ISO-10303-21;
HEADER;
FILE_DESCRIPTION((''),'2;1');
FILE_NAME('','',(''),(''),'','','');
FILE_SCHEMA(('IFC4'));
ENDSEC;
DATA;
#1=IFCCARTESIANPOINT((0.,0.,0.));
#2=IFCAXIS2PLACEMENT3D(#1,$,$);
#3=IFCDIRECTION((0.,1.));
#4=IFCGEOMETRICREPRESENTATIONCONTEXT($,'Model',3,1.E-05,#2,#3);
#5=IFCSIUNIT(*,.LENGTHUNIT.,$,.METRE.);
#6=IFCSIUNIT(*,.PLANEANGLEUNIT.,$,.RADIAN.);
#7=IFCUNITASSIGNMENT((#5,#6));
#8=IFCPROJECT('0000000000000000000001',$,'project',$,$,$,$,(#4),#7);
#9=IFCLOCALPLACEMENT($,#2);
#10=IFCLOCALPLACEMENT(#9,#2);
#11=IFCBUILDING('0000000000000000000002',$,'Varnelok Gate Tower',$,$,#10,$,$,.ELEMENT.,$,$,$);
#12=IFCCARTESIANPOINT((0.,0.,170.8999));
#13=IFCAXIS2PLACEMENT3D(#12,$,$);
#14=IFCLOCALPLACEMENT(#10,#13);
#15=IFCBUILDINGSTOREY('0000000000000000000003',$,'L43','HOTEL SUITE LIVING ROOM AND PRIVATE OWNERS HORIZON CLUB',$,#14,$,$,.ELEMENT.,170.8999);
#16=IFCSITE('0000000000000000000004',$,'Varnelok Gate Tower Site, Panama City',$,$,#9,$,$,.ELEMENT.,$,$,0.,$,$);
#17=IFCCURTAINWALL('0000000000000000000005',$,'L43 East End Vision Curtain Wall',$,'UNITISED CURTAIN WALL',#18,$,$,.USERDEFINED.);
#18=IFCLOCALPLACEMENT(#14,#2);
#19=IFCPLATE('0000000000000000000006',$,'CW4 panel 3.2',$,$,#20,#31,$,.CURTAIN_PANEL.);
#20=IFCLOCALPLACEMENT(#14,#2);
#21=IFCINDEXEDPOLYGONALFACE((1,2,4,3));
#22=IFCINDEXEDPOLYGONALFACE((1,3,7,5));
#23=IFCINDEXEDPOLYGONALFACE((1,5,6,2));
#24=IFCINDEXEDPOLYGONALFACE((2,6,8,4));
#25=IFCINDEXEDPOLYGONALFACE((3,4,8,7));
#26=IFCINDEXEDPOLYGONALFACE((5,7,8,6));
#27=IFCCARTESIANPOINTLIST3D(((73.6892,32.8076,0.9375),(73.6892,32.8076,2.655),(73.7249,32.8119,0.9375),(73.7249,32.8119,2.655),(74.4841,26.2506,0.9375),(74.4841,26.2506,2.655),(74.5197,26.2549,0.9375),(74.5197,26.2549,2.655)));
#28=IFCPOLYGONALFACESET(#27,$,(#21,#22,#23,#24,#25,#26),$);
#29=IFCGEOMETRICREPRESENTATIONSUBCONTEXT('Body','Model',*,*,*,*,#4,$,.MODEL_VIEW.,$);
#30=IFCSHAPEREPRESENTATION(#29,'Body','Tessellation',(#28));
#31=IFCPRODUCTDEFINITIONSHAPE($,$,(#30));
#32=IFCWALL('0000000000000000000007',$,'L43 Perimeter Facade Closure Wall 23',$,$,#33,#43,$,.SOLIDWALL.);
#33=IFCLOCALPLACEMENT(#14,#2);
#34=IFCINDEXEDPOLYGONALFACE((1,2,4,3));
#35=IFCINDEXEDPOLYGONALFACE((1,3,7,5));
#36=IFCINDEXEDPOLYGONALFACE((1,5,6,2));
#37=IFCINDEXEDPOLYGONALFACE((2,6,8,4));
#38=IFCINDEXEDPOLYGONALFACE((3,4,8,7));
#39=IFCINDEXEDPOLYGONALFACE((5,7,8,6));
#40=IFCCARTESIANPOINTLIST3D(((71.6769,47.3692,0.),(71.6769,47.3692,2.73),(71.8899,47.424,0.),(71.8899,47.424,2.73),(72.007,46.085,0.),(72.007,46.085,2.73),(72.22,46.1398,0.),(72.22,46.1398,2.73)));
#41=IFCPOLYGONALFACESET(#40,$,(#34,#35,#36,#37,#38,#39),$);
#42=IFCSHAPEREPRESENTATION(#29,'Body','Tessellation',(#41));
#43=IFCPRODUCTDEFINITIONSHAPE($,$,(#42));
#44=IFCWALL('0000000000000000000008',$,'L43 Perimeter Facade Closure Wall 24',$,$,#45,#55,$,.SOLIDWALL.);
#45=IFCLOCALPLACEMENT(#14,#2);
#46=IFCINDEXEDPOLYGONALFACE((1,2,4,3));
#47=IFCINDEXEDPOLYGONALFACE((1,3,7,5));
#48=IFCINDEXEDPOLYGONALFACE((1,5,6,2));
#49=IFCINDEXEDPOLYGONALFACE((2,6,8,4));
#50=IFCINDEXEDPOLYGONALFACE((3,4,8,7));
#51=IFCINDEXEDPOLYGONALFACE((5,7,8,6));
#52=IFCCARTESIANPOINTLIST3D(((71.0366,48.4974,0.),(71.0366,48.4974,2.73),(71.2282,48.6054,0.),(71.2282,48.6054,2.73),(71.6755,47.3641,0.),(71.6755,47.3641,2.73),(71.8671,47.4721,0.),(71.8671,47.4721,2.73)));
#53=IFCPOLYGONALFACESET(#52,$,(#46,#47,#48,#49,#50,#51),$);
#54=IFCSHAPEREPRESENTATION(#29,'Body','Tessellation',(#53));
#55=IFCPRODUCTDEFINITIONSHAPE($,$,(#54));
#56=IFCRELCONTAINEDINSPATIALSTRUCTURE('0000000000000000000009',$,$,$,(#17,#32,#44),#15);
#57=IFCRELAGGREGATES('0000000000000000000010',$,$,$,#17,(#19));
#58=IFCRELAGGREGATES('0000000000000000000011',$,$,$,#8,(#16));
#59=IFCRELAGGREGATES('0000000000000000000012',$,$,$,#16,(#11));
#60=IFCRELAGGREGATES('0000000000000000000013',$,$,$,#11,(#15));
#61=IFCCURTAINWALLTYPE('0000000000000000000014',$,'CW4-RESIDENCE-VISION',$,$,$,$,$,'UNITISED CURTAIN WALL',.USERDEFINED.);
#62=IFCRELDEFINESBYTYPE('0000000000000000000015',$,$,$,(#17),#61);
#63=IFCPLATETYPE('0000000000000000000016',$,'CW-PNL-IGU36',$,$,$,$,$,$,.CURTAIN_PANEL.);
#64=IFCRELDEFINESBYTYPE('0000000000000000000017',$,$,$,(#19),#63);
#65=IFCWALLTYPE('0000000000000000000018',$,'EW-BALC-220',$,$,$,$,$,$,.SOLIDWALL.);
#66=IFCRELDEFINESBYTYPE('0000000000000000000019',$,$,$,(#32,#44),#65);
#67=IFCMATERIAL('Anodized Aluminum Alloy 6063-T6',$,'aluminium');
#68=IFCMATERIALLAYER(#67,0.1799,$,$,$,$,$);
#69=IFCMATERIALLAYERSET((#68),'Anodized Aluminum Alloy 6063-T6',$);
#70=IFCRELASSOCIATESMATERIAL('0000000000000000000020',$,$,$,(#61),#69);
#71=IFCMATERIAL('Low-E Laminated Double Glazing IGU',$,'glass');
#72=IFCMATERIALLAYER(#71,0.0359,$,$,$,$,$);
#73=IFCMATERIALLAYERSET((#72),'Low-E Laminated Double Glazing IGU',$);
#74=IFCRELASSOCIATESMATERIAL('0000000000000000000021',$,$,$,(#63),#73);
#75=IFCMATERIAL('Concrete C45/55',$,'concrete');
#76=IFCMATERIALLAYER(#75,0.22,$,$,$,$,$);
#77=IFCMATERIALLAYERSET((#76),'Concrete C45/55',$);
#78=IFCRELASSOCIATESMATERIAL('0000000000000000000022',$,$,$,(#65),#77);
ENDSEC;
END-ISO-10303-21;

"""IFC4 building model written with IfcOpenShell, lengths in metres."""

from ifc_helpers import new_model, si_unit, direction, frame, frame_2d, origin, origin_2d, place, context, subcontext, project, spatial, rectangle, extrude, source, transform, mapped, material, layer, layer_set, type_object, element, aggregate, save


model = new_model("IFC4")

# Units and contexts
model_context = context("Model", 3, precision=1e-05, world=origin(), true_north=direction((0.0, 1.0)))
body_context = subcontext(model_context, "Body", "Model", "MODEL_VIEW")
ifc_project = project(units=[si_unit("LENGTHUNIT", "METRE"), si_unit("PLANEANGLEUNIT", "RADIAN")], contexts=[model_context])

# Site, building, storey
site_placement = place(None, origin())
site = spatial("IfcSite", under=ifc_project, at=site_placement, Name="Varnelok Gate Tower Site, Panama City", CompositionType="ELEMENT", RefElevation=0.0)
building_placement = place(site_placement, origin())
building = spatial("IfcBuilding", under=site, at=building_placement, Name="Varnelok Gate Tower", CompositionType="ELEMENT")
storey_placement = place(building_placement, frame((0.0, 0.0, 170.8999)))
storey = spatial("IfcBuildingStorey", under=building, at=storey_placement, Name="L43", Description="HOTEL SUITE LIVING ROOM AND PRIVATE OWNERS HORIZON CLUB", CompositionType="ELEMENT", Elevation=170.8999)

# Curtain wall, plate
ifc_material_1 = material(Name="Anodized Aluminum Alloy 6063-T6", Category="aluminium")
ifc_layer_1 = layer(ifc_material_1, 0.1799)
ifc_layer_set_1 = layer_set([ifc_layer_1], Name="Anodized Aluminum Alloy 6063-T6")
curtain_wall_type = type_object("IfcCurtainWallType", Name="CW4-RESIDENCE-VISION", ElementType="UNITISED CURTAIN WALL", PredefinedType="USERDEFINED", material=ifc_layer_set_1)
curtain_wall_placement = place(storey_placement, origin())
curtain_wall = element("IfcCurtainWall", 1, at=curtain_wall_placement, inside=storey, type_object=curtain_wall_type, Name="L43 East End Vision Curtain Wall", ObjectType="UNITISED CURTAIN WALL", PredefinedType="USERDEFINED")
ifc_material_2 = material(Name="Low-E Laminated Double Glazing IGU", Category="glass")
ifc_layer_2 = layer(ifc_material_2, 0.0359)
ifc_layer_set_2 = layer_set([ifc_layer_2], Name="Low-E Laminated Double Glazing IGU")
plate_type = type_object("IfcPlateType", Name="CW-PNL-IGU36", PredefinedType="CURTAIN_PANEL", material=ifc_layer_set_2)
shared_shape_1 = source(origin(), body_context, "Body", "SweptSolid", [
    extrude(rectangle(XDim=6.605, YDim=0.0359, at=origin_2d()), origin(), (0.0, 0.0, 1.0), 1.7175),
])
plate_1_placement = place(storey_placement, frame((74.1045, 29.5312, 0.9375), z_axis=(0.0, 0.0, 1.0), x_axis=(0.120345, -0.992732, 0.0)))
plate_1 = element("IfcPlate", 2, at=plate_1_placement, type_object=plate_type, Name="CW4 panel 3.2", PredefinedType="CURTAIN_PANEL", context=body_context, shape_type="MappedRepresentation", body=[
    mapped(shared_shape_1, transform((0.0, 0.0, 0.0), scale=1.0)),
])
aggregate(curtain_wall, [plate_1])

# Walls
ifc_material_3 = material(Name="Concrete C45/55", Category="concrete")
ifc_layer_3 = layer(ifc_material_3, 0.22)
ifc_layer_set_3 = layer_set([ifc_layer_3], Name="Concrete C45/55")
wall_type = type_object("IfcWallType", Name="EW-BALC-220", PredefinedType="SOLIDWALL", material=ifc_layer_set_3)
wall_1_placement = place(storey_placement, frame((72.1135, 46.1123, 0.0), z_axis=(0.0, 0.0, 1.0), x_axis=(-0.248942, 0.968518, 0.0)))
element("IfcWall", 3, at=wall_1_placement, inside=storey, type_object=wall_type, Name="L43 Perimeter Facade Closure Wall 23", PredefinedType="SOLIDWALL", context=body_context, shape_type="SweptSolid", body=[
    extrude(rectangle(XDim=1.3259, YDim=0.22, at=frame_2d((0.6631, 0.0))), origin(), (0.0, 0.0, 1.0), 2.73),
])
wall_2_placement = place(storey_placement, frame((71.7712, 47.4182, 0.0), z_axis=(0.0, 0.0, 1.0), x_axis=(-0.491099, 0.871104, 0.0)))
element("IfcWall", 4, at=wall_2_placement, inside=storey, type_object=wall_type, Name="L43 Perimeter Facade Closure Wall 24", PredefinedType="SOLIDWALL", context=body_context, shape_type="SweptSolid", body=[
    extrude(rectangle(XDim=1.301, YDim=0.22, at=frame_2d((0.6504, 0.0))), origin(), (0.0, 0.0, 1.0), 2.73),
])

save(model, "model.ifc")
